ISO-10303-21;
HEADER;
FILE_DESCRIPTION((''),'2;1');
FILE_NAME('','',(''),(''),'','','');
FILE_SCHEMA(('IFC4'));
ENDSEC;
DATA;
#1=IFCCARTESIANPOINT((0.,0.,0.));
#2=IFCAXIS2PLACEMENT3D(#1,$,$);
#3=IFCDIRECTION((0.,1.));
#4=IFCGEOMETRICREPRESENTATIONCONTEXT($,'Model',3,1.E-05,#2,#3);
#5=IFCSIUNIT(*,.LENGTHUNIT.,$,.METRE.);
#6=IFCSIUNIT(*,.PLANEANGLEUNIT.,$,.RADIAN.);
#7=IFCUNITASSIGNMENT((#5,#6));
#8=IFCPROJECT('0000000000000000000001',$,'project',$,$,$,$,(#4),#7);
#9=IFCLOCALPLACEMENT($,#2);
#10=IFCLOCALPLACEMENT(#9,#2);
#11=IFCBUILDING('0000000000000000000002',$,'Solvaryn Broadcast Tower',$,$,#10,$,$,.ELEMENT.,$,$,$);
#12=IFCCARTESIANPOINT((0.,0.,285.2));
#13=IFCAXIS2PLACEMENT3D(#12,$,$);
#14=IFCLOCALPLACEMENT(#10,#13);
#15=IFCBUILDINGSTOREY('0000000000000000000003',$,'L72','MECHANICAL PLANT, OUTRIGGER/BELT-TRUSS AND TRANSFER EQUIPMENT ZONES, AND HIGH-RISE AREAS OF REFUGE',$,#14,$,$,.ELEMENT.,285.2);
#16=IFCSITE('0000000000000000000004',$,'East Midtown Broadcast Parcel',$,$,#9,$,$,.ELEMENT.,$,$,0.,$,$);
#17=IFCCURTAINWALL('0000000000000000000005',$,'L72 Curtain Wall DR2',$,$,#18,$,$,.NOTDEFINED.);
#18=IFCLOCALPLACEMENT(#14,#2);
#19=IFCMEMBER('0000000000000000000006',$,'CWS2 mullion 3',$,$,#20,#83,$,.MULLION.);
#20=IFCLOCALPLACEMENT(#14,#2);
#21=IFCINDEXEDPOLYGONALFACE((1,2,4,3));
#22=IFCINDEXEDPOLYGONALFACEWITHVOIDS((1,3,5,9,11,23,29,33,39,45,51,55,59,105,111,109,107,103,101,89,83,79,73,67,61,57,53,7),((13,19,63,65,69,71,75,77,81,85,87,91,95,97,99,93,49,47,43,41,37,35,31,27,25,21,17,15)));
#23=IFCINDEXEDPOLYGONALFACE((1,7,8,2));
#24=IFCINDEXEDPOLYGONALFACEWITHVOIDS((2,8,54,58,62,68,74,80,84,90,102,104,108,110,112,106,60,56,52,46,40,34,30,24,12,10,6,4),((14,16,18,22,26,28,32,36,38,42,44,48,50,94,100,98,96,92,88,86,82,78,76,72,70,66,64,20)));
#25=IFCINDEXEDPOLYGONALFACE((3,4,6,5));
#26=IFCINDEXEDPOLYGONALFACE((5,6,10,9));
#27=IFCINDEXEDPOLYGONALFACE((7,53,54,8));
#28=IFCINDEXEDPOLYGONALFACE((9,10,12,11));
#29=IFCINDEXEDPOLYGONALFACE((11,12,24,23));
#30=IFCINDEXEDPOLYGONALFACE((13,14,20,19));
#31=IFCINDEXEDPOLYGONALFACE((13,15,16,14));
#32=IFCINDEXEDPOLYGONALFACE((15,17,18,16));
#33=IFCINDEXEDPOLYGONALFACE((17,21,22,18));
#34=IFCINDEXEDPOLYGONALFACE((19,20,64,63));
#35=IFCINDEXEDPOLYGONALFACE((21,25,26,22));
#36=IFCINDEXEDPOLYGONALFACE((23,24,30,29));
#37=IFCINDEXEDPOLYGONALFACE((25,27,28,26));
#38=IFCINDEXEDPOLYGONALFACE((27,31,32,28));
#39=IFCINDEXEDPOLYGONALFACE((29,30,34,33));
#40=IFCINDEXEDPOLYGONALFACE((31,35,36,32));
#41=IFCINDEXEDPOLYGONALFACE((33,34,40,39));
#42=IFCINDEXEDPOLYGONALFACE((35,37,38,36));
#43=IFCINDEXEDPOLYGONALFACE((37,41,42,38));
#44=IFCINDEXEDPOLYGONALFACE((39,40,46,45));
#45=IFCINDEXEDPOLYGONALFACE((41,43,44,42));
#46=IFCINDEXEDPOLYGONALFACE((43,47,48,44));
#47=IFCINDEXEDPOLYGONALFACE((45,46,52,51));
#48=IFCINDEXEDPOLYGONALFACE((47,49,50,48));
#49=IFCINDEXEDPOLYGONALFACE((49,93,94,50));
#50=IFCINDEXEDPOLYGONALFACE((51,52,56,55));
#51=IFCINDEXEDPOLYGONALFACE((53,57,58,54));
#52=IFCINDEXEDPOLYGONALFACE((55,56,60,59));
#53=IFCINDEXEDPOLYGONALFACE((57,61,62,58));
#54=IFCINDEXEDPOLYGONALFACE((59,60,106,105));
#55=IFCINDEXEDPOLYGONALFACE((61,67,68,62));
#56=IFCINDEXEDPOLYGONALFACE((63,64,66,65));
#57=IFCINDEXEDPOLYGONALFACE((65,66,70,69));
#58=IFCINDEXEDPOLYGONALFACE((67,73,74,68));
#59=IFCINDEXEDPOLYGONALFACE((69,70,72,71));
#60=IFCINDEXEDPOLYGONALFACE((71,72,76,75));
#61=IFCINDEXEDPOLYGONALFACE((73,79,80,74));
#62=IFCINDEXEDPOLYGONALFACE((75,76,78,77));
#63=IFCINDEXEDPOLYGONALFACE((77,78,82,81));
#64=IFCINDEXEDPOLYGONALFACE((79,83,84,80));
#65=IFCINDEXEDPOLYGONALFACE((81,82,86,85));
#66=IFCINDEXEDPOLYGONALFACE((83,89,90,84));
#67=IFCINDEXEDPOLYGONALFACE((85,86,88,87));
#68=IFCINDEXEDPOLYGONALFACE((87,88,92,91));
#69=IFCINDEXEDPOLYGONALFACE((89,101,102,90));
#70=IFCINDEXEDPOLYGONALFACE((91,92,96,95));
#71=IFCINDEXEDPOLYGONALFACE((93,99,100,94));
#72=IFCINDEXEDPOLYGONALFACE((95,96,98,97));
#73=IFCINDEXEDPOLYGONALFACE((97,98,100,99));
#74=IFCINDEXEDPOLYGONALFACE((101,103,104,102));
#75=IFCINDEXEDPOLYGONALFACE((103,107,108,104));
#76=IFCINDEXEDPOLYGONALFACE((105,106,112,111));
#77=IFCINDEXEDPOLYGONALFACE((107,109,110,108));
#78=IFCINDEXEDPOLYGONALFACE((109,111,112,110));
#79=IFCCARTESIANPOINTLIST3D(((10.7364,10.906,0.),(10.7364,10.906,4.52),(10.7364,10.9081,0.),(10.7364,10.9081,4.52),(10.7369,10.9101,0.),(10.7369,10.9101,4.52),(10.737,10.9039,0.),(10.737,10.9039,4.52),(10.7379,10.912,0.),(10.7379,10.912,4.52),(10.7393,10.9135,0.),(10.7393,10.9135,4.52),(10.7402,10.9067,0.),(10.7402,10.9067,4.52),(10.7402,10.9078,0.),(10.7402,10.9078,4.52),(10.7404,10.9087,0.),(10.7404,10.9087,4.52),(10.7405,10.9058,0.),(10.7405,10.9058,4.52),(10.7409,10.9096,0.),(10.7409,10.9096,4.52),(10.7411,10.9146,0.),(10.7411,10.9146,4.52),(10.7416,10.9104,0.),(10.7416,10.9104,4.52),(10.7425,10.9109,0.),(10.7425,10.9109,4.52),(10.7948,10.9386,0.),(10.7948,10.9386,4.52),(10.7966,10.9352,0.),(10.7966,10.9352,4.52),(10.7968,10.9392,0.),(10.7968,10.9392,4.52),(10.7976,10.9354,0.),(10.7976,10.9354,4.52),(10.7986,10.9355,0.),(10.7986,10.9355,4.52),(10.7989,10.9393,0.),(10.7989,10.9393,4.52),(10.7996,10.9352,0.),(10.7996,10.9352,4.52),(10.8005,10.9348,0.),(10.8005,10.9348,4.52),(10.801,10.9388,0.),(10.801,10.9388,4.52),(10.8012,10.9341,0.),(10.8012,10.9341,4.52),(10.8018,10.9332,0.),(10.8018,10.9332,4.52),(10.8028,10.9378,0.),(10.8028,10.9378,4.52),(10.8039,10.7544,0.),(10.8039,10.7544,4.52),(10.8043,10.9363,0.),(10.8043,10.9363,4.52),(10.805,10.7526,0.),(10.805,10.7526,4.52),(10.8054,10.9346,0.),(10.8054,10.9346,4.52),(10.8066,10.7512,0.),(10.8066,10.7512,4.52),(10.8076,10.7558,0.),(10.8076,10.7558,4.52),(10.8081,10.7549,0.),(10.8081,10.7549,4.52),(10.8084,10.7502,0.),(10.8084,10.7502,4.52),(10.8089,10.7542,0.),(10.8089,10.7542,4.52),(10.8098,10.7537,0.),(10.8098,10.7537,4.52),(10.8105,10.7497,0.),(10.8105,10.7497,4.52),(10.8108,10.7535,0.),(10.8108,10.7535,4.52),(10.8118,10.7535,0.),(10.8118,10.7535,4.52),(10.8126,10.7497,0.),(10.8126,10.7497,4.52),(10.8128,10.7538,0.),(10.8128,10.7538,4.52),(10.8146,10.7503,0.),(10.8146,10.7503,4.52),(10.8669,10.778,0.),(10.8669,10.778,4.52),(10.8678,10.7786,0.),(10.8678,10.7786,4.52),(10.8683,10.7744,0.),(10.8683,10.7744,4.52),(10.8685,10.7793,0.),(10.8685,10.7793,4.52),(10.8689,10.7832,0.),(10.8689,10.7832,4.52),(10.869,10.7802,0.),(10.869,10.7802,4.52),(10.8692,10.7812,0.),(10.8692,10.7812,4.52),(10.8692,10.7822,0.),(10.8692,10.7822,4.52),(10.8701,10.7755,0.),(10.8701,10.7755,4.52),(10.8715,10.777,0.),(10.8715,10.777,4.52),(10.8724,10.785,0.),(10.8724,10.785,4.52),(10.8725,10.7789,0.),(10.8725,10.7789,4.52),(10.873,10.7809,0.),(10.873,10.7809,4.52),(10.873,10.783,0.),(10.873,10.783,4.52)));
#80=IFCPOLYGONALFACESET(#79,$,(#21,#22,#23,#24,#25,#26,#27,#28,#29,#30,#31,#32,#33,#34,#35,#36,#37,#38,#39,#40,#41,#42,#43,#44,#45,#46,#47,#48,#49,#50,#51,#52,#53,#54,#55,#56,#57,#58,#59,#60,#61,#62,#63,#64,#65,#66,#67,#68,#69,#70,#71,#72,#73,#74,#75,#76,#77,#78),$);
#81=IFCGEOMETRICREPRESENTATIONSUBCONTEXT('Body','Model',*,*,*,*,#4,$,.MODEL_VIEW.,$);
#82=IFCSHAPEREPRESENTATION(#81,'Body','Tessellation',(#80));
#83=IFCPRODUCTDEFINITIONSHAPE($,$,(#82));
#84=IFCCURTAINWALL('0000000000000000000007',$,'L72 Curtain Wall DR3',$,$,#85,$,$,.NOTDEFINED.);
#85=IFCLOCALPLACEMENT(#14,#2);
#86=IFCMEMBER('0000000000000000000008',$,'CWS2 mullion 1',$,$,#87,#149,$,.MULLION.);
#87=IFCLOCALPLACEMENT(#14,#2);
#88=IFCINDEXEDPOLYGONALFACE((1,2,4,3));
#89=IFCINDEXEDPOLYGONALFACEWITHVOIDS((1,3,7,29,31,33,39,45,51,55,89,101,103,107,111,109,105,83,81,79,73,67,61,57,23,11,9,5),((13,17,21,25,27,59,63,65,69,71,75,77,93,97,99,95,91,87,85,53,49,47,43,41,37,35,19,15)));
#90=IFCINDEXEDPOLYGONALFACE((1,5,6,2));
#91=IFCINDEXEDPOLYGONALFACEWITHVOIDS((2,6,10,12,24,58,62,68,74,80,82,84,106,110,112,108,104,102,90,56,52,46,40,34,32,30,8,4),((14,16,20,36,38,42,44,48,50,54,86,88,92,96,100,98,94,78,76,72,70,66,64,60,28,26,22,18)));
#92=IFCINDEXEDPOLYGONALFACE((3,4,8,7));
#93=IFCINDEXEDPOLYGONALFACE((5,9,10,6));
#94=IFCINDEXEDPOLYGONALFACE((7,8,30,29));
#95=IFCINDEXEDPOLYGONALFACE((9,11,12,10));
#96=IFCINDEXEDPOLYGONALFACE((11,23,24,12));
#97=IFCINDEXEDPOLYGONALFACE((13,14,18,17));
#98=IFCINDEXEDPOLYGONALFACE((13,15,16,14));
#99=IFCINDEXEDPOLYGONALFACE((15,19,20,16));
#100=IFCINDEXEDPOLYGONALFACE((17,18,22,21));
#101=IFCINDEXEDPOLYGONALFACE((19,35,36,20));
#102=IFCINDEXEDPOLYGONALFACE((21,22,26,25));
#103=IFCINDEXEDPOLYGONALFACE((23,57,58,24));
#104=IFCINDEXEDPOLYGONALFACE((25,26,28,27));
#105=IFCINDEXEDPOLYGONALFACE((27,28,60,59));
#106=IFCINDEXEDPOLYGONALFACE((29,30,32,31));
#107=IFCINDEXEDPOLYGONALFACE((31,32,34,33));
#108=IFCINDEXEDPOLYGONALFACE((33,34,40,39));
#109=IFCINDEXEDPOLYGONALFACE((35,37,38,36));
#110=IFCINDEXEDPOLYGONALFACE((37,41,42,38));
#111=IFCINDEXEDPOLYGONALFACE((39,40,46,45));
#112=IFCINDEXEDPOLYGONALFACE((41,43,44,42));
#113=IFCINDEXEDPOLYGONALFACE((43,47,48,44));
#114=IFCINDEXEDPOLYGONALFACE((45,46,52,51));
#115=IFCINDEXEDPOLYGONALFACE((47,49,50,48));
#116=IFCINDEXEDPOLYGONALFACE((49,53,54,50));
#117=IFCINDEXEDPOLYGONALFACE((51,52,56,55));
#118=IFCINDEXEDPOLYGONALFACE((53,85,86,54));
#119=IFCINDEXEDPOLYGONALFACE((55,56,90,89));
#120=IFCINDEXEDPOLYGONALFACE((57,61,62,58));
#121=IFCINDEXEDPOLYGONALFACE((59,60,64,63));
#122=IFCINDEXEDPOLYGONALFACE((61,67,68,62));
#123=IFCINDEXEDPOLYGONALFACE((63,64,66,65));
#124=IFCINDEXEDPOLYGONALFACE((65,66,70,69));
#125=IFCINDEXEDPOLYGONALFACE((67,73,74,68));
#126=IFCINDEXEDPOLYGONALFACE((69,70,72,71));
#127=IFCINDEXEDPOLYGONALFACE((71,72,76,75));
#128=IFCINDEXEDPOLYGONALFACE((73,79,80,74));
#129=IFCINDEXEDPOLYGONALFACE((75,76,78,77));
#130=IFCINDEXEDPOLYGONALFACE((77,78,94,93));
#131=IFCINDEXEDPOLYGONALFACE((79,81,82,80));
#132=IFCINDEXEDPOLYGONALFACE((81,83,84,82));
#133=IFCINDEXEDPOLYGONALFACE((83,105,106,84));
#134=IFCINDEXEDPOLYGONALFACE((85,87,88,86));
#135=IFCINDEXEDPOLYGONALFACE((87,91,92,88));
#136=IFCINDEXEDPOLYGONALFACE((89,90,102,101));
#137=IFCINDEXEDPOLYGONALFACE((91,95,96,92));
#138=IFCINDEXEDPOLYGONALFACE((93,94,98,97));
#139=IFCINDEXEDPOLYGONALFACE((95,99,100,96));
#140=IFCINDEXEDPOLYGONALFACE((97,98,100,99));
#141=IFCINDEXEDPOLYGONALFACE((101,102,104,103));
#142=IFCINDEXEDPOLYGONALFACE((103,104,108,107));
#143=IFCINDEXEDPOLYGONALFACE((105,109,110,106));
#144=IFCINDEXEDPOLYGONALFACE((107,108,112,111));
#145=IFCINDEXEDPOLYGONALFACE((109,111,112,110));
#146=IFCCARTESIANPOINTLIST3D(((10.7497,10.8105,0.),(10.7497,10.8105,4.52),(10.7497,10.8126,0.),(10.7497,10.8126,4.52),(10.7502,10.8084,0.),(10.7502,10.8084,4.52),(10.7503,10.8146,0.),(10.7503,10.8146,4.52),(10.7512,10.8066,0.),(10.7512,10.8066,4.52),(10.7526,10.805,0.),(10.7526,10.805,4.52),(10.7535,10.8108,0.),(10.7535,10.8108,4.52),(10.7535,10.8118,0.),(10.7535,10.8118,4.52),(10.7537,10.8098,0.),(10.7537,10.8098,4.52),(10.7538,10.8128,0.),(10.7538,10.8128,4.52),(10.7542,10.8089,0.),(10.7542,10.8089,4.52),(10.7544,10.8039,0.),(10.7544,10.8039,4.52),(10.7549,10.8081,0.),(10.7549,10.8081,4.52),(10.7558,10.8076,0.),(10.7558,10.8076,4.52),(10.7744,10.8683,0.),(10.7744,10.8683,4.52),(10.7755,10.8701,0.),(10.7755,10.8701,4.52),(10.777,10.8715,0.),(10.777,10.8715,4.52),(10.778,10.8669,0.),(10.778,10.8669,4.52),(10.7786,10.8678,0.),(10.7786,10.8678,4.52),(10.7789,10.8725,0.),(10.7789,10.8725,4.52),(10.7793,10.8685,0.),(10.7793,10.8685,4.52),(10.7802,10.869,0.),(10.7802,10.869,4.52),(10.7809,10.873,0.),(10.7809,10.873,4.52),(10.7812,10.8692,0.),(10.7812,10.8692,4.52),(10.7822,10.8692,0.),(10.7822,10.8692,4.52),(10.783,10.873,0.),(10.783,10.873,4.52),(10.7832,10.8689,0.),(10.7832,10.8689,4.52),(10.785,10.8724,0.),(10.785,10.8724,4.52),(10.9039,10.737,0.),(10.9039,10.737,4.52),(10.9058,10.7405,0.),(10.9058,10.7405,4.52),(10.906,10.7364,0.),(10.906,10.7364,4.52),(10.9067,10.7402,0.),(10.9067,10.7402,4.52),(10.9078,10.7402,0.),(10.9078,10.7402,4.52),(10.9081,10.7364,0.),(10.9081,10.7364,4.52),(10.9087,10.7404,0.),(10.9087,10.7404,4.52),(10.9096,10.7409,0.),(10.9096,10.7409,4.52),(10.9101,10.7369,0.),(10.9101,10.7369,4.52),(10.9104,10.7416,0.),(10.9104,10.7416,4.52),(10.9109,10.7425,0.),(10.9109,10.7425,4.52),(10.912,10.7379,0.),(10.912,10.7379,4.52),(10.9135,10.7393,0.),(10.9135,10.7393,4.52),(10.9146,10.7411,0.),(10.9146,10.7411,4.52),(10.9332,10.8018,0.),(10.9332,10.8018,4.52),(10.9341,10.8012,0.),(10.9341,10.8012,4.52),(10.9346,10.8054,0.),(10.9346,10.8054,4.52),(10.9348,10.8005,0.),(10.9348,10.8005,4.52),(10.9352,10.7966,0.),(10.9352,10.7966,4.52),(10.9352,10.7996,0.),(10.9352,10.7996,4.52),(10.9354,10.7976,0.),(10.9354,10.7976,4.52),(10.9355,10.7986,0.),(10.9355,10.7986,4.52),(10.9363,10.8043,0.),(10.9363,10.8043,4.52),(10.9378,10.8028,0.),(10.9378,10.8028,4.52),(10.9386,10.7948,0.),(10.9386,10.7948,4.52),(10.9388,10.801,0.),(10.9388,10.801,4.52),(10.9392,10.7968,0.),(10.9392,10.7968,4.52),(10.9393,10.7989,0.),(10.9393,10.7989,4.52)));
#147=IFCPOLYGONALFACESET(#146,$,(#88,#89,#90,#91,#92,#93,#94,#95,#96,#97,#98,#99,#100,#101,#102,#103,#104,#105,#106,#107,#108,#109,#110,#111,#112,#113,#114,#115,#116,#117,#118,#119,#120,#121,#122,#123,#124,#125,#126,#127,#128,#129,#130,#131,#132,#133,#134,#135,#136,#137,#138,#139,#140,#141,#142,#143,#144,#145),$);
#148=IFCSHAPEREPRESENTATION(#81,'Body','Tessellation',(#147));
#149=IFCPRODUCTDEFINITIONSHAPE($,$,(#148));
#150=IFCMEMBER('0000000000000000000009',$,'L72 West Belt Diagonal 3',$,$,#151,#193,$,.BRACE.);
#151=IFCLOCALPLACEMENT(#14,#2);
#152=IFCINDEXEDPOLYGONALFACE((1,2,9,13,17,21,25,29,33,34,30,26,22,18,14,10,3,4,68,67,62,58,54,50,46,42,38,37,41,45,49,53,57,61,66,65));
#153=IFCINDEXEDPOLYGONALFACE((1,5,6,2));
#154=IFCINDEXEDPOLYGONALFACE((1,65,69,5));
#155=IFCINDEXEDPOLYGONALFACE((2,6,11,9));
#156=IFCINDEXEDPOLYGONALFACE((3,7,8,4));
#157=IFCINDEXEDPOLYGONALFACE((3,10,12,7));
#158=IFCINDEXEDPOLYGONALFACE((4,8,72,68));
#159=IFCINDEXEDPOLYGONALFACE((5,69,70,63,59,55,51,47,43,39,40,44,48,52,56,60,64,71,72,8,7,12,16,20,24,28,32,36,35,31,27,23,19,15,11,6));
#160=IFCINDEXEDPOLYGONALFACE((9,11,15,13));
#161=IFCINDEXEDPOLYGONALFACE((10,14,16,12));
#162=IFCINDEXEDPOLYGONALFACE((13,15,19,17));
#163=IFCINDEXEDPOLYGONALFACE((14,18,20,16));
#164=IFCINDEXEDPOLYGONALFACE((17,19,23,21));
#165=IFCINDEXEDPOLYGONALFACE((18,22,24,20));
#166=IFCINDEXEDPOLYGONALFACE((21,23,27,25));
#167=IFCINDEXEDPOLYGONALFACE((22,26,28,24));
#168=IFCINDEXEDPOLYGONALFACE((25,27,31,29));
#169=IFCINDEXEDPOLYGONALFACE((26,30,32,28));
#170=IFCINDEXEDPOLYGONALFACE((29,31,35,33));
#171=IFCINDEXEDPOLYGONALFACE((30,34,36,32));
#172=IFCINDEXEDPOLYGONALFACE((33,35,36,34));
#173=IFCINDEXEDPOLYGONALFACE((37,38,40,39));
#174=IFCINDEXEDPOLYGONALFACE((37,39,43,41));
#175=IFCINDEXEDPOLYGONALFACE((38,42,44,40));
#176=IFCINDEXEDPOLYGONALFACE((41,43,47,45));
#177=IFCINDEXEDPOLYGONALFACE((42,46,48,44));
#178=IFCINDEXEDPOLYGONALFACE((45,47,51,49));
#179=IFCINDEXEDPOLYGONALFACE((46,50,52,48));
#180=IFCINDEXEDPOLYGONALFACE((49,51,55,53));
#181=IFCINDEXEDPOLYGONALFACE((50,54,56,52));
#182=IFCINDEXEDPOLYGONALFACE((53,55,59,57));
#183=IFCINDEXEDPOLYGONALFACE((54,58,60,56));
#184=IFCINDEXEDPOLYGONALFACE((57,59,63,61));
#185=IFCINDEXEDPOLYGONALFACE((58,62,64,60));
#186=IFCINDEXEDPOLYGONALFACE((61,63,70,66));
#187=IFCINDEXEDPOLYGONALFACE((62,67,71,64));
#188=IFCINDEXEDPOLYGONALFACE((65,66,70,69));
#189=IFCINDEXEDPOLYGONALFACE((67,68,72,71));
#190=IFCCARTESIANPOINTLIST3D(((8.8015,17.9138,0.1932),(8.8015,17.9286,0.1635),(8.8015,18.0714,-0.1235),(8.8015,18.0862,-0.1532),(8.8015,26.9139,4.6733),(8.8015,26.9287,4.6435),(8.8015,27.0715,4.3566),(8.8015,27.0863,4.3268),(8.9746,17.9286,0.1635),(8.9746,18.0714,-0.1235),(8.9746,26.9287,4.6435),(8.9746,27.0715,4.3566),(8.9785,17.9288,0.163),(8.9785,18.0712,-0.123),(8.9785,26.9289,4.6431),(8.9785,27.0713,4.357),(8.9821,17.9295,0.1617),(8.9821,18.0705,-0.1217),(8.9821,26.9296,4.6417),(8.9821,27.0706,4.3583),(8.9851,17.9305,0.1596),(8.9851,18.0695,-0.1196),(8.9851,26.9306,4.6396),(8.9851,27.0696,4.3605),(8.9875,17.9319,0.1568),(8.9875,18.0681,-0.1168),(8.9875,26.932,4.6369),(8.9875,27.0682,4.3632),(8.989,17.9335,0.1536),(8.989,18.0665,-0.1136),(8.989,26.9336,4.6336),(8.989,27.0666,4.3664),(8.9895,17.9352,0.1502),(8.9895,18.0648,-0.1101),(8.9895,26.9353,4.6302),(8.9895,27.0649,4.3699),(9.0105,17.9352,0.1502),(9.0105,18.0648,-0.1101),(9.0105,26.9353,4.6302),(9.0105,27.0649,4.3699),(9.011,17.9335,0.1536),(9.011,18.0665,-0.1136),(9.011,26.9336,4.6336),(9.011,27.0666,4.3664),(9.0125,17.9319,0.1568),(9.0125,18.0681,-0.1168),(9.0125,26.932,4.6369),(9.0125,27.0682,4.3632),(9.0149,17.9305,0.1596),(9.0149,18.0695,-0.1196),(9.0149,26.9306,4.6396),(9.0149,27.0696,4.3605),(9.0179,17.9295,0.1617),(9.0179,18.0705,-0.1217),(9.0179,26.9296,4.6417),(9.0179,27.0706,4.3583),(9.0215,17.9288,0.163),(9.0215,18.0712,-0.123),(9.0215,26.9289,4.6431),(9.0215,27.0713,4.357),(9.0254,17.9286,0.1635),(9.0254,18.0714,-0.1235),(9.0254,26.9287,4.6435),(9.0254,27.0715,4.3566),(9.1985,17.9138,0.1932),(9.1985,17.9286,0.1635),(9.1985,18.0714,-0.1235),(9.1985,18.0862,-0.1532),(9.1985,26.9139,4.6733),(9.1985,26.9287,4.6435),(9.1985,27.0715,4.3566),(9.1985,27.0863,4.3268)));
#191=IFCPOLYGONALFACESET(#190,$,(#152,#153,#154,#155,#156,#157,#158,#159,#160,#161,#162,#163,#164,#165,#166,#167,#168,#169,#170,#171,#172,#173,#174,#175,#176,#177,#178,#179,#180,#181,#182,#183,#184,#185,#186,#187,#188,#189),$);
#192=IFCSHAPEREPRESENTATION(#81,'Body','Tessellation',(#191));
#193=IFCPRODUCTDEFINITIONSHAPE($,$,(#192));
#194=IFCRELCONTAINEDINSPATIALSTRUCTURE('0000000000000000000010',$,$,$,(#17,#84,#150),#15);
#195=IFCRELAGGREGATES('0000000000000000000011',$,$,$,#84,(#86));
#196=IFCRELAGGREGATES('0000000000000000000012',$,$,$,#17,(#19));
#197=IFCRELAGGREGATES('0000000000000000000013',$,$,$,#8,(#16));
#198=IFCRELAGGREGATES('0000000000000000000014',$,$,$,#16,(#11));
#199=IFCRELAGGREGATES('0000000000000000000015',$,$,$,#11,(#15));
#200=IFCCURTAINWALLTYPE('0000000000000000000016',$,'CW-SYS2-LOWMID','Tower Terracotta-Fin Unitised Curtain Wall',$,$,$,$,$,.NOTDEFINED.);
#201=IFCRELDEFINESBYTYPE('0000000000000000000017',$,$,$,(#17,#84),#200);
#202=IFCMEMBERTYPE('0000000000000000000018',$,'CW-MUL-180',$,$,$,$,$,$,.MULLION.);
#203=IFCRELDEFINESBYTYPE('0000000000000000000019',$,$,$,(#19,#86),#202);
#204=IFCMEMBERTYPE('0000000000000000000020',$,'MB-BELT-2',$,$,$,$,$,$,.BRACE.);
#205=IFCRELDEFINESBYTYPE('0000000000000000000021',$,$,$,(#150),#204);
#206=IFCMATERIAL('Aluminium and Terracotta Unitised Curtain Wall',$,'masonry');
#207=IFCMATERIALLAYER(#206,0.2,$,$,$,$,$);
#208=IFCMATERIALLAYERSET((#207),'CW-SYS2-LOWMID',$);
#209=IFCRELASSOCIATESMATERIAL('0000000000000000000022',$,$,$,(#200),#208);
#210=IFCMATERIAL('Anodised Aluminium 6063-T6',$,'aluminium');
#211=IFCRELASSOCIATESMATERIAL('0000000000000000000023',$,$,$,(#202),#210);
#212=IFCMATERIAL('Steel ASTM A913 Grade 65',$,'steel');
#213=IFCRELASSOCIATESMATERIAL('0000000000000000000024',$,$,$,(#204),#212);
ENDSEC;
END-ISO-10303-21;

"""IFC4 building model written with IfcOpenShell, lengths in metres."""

from ifc_helpers import new_model, si_unit, direction, frame, origin, origin_2d, place, context, subcontext, project, spatial, hollow_rectangle, i_section, extrude, material, layer, layer_set, material_profile, profile_set, type_object, element, aggregate, save


model = new_model("IFC4")

# Units and contexts
model_context = context("Model", 3, precision=1e-05, world=origin(), true_north=direction((0.0, 1.0)))
body_context = subcontext(model_context, "Body", "Model", "MODEL_VIEW")
ifc_project = project(units=[si_unit("LENGTHUNIT", "METRE"), si_unit("PLANEANGLEUNIT", "RADIAN")], contexts=[model_context])

# Site, building, storey
site_placement = place(None, origin())
site = spatial("IfcSite", under=ifc_project, at=site_placement, Name="East Midtown Broadcast Parcel", CompositionType="ELEMENT", RefElevation=0.0)
building_placement = place(site_placement, origin())
building = spatial("IfcBuilding", under=site, at=building_placement, Name="Solvaryn Broadcast Tower", CompositionType="ELEMENT")
storey_placement = place(building_placement, frame((0.0, 0.0, 285.2)))
storey = spatial("IfcBuildingStorey", under=building, at=storey_placement, Name="L72", Description="MECHANICAL PLANT, OUTRIGGER/BELT-TRUSS AND TRANSFER EQUIPMENT ZONES, AND HIGH-RISE AREAS OF REFUGE", CompositionType="ELEMENT", Elevation=285.2)

# Curtain walls, members
ifc_material_1 = material(Name="Aluminium and Terracotta Unitised Curtain Wall", Category="masonry")
ifc_layer_1 = layer(ifc_material_1, 0.2)
ifc_layer_set_1 = layer_set([ifc_layer_1], Name="CW-SYS2-LOWMID")
curtain_wall_type = type_object("IfcCurtainWallType", Name="CW-SYS2-LOWMID", Description="Tower Terracotta-Fin Unitised Curtain Wall", PredefinedType="NOTDEFINED", material=ifc_layer_set_1)
curtain_wall_1_placement = place(storey_placement, origin())
curtain_wall_1 = element("IfcCurtainWall", 1, at=curtain_wall_1_placement, inside=storey, type_object=curtain_wall_type, Name="L72 Curtain Wall DR2", PredefinedType="NOTDEFINED")
ifc_material_2 = material(Name="Anodised Aluminium 6063-T6", Category="aluminium")
ifc_material_profile_1 = material_profile(ifc_material_2, hollow_rectangle(XDim=0.075, YDim=0.1799, WallThickness=0.0039, InnerFilletRadius=0.0039, OuterFilletRadius=0.0081, at=origin_2d()))
ifc_profile_set_1 = profile_set([ifc_material_profile_1], Name="Anodised Aluminium 6063-T6")
member_type_1 = type_object("IfcMemberType", Name="CW-MUL-180", PredefinedType="MULLION", material=ifc_profile_set_1)
member_1_placement = place(storey_placement, frame((10.8047, 10.8445, 0.0), z_axis=(0.0, 0.0, 1.0), x_axis=(0.912774, 0.408466, 0.0)))
member_1 = element("IfcMember", 2, at=member_1_placement, type_object=member_type_1, Name="CWS2 mullion 3", PredefinedType="MULLION", context=body_context, shape_type="SweptSolid", body=[
    extrude(hollow_rectangle(XDim=0.075, YDim=0.1799, WallThickness=0.0039, InnerFilletRadius=0.0039, OuterFilletRadius=0.0081, at=origin_2d()), origin(), (0.0, 0.0, 1.0), 4.52),
])
curtain_wall_2_placement = place(storey_placement, origin())
curtain_wall_2 = element("IfcCurtainWall", 3, at=curtain_wall_2_placement, inside=storey, type_object=curtain_wall_type, Name="L72 Curtain Wall DR3", PredefinedType="NOTDEFINED")
member_2_placement = place(storey_placement, frame((10.8445, 10.8047, 0.0), z_axis=(0.0, 0.0, 1.0), x_axis=(0.408466, 0.912774, 0.0)))
member_2 = element("IfcMember", 4, at=member_2_placement, type_object=member_type_1, Name="CWS2 mullion 1", PredefinedType="MULLION", context=body_context, shape_type="SweptSolid", body=[
    extrude(hollow_rectangle(XDim=0.075, YDim=0.1799, WallThickness=0.0039, InnerFilletRadius=0.0039, OuterFilletRadius=0.0081, at=origin_2d()), origin(), (0.0, 0.0, 1.0), 4.52),
])
aggregate(curtain_wall_2, [member_2])

# Member
ifc_material_3 = material(Name="Steel ASTM A913 Grade 65", Category="steel")
ifc_material_profile_2 = material_profile(ifc_material_3, i_section(OverallWidth=0.397, OverallDepth=0.387, WebThickness=0.021, FlangeThickness=0.0332, FilletRadius=0.0149, at=origin_2d()))
ifc_profile_set_2 = profile_set([ifc_material_profile_2], Name="Steel ASTM A913 Grade 65")
member_type_2 = type_object("IfcMemberType", Name="MB-BELT-2", PredefinedType="BRACE", material=ifc_profile_set_2)
member_3_placement = place(storey_placement, frame((9.0, 18.0, 0.02), z_axis=(0.0, 0.895222, 0.44562), x_axis=(-1.0, 0.0, 0.0)))
element("IfcMember", 5, at=member_3_placement, inside=storey, type_object=member_type_2, Name="L72 West Belt Diagonal 3", PredefinedType="BRACE", context=body_context, shape_type="SweptSolid", body=[
    extrude(i_section(OverallWidth=0.397, OverallDepth=0.387, WebThickness=0.021, FlangeThickness=0.0332, FilletRadius=0.0149, at=origin_2d()), origin(), (0.0, 0.0, 1.0), 10.0535),
])

aggregate(curtain_wall_1, [member_1])

save(model, "model.ifc")
